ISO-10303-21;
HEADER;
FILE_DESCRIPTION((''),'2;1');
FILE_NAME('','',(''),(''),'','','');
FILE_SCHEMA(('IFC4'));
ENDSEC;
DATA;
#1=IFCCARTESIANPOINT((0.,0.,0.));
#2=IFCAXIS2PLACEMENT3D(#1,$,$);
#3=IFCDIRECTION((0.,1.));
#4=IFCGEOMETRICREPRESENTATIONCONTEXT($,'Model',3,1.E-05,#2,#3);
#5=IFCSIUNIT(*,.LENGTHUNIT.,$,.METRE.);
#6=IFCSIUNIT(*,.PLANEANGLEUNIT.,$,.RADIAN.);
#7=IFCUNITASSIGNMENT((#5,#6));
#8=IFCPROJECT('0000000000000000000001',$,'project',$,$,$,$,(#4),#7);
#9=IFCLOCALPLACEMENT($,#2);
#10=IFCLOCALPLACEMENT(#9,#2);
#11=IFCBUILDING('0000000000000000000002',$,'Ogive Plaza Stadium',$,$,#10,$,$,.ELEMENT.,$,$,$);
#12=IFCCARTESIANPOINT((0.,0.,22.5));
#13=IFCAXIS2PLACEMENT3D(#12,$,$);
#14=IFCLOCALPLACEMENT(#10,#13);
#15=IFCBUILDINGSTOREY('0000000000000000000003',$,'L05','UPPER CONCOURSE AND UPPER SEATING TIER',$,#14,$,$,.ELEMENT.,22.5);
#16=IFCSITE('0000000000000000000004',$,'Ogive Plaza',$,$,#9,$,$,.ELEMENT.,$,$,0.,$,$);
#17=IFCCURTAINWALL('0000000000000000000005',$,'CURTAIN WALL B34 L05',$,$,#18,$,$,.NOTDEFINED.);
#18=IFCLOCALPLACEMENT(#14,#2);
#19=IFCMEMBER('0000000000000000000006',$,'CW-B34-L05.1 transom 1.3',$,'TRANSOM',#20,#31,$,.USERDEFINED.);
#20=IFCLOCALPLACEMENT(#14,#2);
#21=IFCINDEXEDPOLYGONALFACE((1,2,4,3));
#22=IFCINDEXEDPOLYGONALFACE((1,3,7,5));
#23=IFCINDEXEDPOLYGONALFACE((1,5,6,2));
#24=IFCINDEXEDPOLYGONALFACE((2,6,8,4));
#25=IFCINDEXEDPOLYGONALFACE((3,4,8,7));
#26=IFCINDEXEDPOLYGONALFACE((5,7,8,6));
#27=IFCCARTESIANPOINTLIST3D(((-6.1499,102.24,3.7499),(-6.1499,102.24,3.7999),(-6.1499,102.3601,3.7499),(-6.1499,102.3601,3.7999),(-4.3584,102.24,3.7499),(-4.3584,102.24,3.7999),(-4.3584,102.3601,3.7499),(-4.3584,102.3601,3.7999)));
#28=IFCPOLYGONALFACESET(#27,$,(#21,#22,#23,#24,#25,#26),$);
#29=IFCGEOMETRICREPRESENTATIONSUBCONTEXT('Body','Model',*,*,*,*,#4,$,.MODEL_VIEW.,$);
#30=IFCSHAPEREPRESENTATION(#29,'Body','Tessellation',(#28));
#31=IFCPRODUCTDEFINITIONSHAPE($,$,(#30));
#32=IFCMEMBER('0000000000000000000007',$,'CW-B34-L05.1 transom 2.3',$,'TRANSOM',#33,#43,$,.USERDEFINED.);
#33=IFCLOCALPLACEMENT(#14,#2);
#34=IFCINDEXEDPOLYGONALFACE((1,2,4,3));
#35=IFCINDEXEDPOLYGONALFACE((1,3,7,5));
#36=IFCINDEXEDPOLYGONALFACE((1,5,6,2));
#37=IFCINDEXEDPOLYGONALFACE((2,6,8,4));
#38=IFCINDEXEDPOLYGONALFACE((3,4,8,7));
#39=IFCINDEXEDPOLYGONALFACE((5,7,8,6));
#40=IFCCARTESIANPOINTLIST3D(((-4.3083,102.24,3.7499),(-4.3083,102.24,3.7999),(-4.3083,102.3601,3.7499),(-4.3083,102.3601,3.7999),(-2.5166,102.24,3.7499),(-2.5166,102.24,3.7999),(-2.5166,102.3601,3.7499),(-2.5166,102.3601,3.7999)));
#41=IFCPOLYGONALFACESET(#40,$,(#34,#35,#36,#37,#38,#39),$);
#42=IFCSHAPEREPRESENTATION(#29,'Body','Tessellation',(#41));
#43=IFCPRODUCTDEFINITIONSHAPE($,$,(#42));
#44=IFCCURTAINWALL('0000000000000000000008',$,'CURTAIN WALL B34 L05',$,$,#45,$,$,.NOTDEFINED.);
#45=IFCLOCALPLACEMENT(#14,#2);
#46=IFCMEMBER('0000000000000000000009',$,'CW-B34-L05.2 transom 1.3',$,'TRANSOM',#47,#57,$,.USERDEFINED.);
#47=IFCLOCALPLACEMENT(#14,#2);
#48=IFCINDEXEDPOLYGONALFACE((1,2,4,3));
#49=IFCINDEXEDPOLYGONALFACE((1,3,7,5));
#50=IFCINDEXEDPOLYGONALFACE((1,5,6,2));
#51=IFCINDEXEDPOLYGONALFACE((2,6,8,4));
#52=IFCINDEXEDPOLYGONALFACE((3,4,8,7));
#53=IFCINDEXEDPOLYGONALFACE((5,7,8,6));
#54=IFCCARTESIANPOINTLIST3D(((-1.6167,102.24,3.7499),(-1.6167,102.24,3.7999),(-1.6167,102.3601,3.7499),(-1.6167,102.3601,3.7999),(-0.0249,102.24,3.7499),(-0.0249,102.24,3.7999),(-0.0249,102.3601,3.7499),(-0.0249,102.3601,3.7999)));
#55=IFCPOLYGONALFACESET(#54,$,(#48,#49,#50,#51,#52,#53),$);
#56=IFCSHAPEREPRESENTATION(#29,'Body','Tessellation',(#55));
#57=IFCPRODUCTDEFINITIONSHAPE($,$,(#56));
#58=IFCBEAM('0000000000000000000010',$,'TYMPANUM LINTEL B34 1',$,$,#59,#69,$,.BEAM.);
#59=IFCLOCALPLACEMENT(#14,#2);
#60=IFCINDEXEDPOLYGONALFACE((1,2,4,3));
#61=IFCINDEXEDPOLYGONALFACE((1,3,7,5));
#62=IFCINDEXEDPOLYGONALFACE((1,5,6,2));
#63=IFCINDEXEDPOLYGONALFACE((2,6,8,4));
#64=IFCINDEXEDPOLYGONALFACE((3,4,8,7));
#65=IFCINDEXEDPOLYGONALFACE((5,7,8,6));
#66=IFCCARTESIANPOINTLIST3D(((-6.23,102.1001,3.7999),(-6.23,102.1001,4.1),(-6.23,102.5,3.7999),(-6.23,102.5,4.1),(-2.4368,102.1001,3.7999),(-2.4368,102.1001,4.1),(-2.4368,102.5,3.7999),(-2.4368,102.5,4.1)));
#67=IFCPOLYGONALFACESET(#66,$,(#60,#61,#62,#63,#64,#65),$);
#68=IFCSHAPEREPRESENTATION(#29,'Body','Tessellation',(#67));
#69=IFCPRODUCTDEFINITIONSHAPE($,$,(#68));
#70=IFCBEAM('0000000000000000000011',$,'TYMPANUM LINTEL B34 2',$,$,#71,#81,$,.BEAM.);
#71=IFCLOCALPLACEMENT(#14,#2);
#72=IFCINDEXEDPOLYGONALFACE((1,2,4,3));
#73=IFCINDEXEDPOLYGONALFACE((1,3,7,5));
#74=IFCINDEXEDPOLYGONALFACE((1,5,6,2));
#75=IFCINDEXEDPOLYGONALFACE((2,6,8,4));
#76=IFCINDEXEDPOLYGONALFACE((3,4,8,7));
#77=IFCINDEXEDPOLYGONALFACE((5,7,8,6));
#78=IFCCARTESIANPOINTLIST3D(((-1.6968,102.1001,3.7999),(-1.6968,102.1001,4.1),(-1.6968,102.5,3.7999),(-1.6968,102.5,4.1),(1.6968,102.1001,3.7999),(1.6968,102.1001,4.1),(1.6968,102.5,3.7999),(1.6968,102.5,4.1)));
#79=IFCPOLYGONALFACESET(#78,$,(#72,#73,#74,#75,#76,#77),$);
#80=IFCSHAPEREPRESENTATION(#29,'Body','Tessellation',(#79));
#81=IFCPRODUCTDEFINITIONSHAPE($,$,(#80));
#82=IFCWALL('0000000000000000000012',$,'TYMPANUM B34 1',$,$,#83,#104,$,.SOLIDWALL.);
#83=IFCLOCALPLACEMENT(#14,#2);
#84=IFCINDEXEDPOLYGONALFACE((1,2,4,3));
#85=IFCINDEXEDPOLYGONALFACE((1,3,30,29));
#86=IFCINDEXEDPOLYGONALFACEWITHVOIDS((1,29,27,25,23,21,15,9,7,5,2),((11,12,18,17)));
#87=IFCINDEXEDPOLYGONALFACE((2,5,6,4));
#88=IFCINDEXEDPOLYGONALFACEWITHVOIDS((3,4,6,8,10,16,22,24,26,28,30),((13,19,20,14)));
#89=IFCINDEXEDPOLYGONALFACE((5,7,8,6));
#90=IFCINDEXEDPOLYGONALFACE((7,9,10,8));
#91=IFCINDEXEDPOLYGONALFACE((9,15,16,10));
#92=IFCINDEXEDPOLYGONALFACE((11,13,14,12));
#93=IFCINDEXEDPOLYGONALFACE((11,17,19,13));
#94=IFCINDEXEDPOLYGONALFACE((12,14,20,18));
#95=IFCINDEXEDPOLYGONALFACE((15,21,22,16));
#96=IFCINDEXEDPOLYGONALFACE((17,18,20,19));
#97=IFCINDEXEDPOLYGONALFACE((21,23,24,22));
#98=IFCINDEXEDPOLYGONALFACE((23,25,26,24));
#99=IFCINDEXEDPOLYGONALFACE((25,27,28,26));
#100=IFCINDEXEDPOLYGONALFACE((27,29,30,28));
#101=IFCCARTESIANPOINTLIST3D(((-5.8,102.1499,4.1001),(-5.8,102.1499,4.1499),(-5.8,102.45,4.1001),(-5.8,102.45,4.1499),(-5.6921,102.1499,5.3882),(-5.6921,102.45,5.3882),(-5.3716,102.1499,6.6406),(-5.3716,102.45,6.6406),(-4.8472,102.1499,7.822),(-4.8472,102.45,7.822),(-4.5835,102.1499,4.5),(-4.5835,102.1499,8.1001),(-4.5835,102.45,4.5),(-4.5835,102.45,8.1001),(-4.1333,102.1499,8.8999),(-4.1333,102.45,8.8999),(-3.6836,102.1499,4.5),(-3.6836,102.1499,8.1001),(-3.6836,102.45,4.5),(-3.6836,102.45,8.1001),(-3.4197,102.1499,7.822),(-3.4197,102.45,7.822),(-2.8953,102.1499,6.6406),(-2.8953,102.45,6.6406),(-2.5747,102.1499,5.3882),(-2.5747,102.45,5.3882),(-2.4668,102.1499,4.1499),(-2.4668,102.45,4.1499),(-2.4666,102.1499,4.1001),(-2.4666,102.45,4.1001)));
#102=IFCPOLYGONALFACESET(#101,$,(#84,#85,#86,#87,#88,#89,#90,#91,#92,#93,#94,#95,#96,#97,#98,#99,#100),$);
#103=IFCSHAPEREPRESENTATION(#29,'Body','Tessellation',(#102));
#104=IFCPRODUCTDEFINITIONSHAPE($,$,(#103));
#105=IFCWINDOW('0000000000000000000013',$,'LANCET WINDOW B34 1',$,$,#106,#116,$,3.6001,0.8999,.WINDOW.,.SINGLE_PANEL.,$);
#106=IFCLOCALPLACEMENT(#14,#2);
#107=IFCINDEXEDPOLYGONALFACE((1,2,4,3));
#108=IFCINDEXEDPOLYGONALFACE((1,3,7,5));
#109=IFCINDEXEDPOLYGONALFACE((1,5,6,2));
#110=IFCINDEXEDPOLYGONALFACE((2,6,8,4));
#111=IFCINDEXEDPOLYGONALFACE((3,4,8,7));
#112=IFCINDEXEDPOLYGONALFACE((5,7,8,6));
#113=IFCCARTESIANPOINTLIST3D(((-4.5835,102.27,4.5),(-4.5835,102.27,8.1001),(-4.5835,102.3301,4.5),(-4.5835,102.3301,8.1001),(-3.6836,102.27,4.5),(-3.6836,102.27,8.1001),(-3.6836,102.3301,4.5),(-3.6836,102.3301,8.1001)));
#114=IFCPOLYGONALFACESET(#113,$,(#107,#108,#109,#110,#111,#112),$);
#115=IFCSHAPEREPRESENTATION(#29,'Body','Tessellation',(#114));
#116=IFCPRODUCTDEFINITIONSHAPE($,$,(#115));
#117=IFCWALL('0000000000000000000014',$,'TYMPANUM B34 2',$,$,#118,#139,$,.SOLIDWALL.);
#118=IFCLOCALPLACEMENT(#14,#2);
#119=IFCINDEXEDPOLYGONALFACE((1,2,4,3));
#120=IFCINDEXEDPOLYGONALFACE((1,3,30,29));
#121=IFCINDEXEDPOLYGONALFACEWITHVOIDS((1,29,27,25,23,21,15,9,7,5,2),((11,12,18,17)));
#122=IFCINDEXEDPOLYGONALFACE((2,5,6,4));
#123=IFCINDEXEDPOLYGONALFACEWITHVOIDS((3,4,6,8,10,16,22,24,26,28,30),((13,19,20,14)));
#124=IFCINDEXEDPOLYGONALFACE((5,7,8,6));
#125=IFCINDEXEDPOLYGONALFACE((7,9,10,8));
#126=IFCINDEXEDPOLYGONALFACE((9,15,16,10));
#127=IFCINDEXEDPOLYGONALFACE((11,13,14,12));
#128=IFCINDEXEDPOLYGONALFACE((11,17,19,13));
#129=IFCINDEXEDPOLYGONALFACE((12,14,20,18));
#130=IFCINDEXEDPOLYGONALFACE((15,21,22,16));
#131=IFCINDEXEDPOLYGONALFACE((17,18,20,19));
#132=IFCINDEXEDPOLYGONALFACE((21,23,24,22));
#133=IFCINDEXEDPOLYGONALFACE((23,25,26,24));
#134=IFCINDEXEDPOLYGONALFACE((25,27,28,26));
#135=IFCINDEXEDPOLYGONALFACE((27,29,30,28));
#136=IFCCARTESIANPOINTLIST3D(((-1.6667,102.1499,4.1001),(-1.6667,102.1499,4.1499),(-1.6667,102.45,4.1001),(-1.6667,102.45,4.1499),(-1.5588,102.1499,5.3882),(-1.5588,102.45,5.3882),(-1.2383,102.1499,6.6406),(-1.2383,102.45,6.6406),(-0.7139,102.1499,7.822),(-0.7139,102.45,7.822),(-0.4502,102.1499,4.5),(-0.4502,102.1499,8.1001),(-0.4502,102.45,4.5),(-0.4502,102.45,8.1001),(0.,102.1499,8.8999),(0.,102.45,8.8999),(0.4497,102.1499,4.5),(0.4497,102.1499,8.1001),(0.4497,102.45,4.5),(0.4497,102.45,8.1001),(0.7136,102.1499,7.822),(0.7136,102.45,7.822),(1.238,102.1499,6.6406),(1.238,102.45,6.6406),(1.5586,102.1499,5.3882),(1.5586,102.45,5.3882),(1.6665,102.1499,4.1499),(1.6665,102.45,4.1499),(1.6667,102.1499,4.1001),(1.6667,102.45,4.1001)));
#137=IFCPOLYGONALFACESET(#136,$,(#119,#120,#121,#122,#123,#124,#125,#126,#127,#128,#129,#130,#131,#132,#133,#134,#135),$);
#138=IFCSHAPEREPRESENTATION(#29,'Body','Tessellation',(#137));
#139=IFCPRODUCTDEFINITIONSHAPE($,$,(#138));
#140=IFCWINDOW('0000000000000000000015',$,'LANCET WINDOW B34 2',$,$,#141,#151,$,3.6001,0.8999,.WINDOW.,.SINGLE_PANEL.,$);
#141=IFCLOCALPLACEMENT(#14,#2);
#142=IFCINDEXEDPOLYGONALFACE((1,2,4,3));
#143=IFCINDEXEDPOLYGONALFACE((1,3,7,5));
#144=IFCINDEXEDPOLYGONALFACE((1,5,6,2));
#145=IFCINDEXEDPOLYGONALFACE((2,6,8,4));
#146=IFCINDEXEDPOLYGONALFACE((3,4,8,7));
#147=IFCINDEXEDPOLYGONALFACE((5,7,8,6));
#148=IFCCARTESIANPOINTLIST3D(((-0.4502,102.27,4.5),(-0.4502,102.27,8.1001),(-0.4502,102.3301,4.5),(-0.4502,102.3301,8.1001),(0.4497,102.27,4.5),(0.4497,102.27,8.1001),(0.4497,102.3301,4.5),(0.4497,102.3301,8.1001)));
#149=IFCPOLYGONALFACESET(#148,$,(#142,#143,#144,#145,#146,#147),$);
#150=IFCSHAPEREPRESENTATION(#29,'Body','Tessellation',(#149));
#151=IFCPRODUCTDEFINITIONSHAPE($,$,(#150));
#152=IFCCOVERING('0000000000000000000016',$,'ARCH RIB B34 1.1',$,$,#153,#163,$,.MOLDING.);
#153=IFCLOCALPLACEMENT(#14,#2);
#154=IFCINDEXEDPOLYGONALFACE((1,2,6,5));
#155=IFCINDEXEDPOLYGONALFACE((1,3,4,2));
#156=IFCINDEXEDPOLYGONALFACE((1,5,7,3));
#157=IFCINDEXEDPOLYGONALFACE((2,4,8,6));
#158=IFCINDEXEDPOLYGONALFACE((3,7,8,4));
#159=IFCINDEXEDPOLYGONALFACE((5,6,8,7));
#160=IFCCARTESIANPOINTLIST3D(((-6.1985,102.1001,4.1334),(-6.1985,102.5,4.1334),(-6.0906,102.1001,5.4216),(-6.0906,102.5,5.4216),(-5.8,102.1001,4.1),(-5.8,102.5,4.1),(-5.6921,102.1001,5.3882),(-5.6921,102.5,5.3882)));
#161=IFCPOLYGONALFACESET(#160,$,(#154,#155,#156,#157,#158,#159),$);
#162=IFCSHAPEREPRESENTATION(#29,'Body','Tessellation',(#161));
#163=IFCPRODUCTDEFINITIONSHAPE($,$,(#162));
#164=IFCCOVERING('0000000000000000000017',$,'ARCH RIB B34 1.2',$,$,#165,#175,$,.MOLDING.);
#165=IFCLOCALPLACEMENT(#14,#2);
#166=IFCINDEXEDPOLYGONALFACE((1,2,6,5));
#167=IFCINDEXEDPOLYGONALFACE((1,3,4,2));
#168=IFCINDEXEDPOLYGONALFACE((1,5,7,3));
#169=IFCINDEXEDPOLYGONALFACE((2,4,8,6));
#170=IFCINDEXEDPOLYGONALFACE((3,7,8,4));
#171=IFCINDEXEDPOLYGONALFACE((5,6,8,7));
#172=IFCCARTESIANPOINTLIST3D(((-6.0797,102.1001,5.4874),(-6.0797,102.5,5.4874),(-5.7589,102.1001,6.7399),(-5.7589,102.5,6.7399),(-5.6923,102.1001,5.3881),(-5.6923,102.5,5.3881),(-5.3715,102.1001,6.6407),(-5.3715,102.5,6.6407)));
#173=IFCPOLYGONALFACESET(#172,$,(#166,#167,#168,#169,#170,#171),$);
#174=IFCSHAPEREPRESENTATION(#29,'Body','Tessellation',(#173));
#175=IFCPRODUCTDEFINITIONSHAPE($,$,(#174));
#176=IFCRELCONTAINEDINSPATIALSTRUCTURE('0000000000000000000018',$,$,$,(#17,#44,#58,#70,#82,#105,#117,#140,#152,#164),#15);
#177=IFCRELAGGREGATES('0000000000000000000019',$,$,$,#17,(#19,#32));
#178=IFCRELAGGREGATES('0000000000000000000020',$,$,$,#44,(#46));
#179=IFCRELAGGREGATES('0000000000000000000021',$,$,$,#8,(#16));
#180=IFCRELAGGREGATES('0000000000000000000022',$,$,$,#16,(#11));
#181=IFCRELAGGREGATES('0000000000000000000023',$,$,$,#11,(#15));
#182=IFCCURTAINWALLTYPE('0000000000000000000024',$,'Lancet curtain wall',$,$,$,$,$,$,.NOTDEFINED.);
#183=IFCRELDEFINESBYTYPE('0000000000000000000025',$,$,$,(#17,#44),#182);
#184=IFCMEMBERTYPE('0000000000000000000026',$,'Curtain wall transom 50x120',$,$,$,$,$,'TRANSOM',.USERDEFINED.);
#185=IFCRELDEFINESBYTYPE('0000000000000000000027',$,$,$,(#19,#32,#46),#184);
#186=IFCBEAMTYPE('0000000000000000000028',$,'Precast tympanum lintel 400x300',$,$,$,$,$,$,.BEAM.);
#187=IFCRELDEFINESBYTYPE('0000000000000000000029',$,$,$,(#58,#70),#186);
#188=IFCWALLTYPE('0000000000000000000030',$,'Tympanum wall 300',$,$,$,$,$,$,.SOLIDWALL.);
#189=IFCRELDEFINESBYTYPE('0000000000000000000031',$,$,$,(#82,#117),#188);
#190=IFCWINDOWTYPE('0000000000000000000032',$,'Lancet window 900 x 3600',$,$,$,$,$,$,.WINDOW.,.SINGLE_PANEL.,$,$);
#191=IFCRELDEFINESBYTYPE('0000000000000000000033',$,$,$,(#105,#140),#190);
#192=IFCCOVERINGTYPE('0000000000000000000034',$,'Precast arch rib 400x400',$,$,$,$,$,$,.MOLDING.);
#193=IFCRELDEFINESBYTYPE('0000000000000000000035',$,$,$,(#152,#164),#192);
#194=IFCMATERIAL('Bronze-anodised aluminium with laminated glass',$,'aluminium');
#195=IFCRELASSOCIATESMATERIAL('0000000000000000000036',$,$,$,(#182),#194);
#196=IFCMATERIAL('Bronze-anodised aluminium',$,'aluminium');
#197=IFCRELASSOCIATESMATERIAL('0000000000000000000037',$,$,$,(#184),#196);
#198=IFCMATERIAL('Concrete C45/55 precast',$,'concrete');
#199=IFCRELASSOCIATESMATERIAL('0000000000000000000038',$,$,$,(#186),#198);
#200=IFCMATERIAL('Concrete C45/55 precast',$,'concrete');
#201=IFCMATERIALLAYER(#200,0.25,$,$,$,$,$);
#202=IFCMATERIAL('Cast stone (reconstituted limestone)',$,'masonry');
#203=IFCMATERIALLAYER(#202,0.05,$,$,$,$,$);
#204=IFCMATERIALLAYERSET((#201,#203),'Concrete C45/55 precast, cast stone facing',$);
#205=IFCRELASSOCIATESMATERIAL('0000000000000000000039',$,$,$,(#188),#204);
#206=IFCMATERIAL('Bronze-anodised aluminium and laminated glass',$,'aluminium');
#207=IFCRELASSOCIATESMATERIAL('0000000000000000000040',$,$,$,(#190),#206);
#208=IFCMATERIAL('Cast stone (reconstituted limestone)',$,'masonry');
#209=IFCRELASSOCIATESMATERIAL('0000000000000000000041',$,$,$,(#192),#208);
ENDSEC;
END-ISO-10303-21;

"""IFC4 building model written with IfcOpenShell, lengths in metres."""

from ifc_helpers import new_model, si_unit, direction, frame, frame_2d, origin, origin_2d, place, context, subcontext, project, spatial, polyline, rectangle, outline, extrude, material, layer, layer_set, material_profile, profile_set, type_object, element, fill, aggregate, save


model = new_model("IFC4")

# Units and contexts
model_context = context("Model", 3, precision=1e-05, world=origin(), true_north=direction((0.0, 1.0)))
body_context = subcontext(model_context, "Body", "Model", "MODEL_VIEW")
ifc_project = project(units=[si_unit("LENGTHUNIT", "METRE"), si_unit("PLANEANGLEUNIT", "RADIAN")], contexts=[model_context])

# Site, building, storey
site_placement = place(None, origin())
site = spatial("IfcSite", under=ifc_project, at=site_placement, Name="Ogive Plaza", CompositionType="ELEMENT", RefElevation=0.0)
building_placement = place(site_placement, origin())
building = spatial("IfcBuilding", under=site, at=building_placement, Name="Ogive Plaza Stadium", CompositionType="ELEMENT")
storey_placement = place(building_placement, frame((0.0, 0.0, 22.5)))
storey = spatial("IfcBuildingStorey", under=building, at=storey_placement, Name="L05", Description="UPPER CONCOURSE AND UPPER SEATING TIER", CompositionType="ELEMENT", Elevation=22.5)

# Curtain wall, members
ifc_material_1 = material(Name="Bronze-anodised aluminium with laminated glass", Category="aluminium")
curtain_wall_type = type_object("IfcCurtainWallType", Name="Lancet curtain wall", PredefinedType="NOTDEFINED", material=ifc_material_1)
curtain_wall_1_placement = place(storey_placement, origin())
curtain_wall_1 = element("IfcCurtainWall", 1, at=curtain_wall_1_placement, inside=storey, type_object=curtain_wall_type, Name="CURTAIN WALL B34 L05", PredefinedType="NOTDEFINED")
ifc_material_2 = material(Name="Bronze-anodised aluminium", Category="aluminium")
ifc_material_profile_1 = material_profile(ifc_material_2, rectangle(XDim=0.1201, YDim=0.05, at=origin_2d()), Name="AL 120x50")
ifc_profile_set_1 = profile_set([ifc_material_profile_1], Name="Bronze-anodised aluminium")
member_type = type_object("IfcMemberType", Name="Curtain wall transom 50x120", ElementType="TRANSOM", PredefinedType="USERDEFINED", material=ifc_profile_set_1)
member_1_placement = place(storey_placement, frame((-6.1499, 102.3, 3.7749), z_axis=(1.0, 0.0, 0.0), x_axis=(0.0, 1.0, 0.0)))
member_1 = element("IfcMember", 2, at=member_1_placement, type_object=member_type, Name="CW-B34-L05.1 transom 1.3", ObjectType="TRANSOM", PredefinedType="USERDEFINED", context=body_context, shape_type="SweptSolid", body=[
    extrude(rectangle(XDim=0.1201, YDim=0.05, at=origin_2d()), origin(), (0.0, 0.0, 1.0), 1.7915),
])
member_2_placement = place(storey_placement, frame((-4.3083, 102.3, 3.7749), z_axis=(1.0, 0.0, 0.0), x_axis=(0.0, 1.0, 0.0)))
member_2 = element("IfcMember", 3, at=member_2_placement, type_object=member_type, Name="CW-B34-L05.1 transom 2.3", ObjectType="TRANSOM", PredefinedType="USERDEFINED", context=body_context, shape_type="SweptSolid", body=[
    extrude(rectangle(XDim=0.1201, YDim=0.05, at=origin_2d()), origin(), (0.0, 0.0, 1.0), 1.7917),
])
aggregate(curtain_wall_1, [member_1, member_2])

# Curtain wall, member
curtain_wall_2_placement = place(storey_placement, origin())
curtain_wall_2 = element("IfcCurtainWall", 4, at=curtain_wall_2_placement, inside=storey, type_object=curtain_wall_type, Name="CURTAIN WALL B34 L05", PredefinedType="NOTDEFINED")
member_3_placement = place(storey_placement, frame((-1.6167, 102.3, 3.7749), z_axis=(1.0, 0.0, 0.0), x_axis=(0.0, 1.0, 0.0)))
member_3 = element("IfcMember", 5, at=member_3_placement, type_object=member_type, Name="CW-B34-L05.2 transom 1.3", ObjectType="TRANSOM", PredefinedType="USERDEFINED", context=body_context, shape_type="SweptSolid", body=[
    extrude(rectangle(XDim=0.1201, YDim=0.05, at=origin_2d()), origin(), (0.0, 0.0, 1.0), 1.5918),
])
aggregate(curtain_wall_2, [member_3])

# Beams
ifc_material_3 = material(Name="Concrete C45/55 precast", Category="concrete")
ifc_material_profile_2 = material_profile(ifc_material_3, rectangle(XDim=0.3999, YDim=0.3, at=origin_2d()), Name="RC 400x300")
ifc_profile_set_2 = profile_set([ifc_material_profile_2], Name="Concrete C45/55 precast")
beam_type = type_object("IfcBeamType", Name="Precast tympanum lintel 400x300", PredefinedType="BEAM", material=ifc_profile_set_2)
beam_1_placement = place(storey_placement, frame((-6.23, 102.3, 3.95), z_axis=(1.0, 0.0, 0.0), x_axis=(0.0, 1.0, 0.0)))
element("IfcBeam", 6, at=beam_1_placement, inside=storey, type_object=beam_type, Name="TYMPANUM LINTEL B34 1", PredefinedType="BEAM", context=body_context, shape_type="SweptSolid", body=[
    extrude(rectangle(XDim=0.3999, YDim=0.3, at=origin_2d()), origin(), (0.0, 0.0, 1.0), 3.7932),
])
beam_2_placement = place(storey_placement, frame((-1.6968, 102.3, 3.95), z_axis=(1.0, 0.0, 0.0), x_axis=(0.0, 1.0, 0.0)))
element("IfcBeam", 7, at=beam_2_placement, inside=storey, type_object=beam_type, Name="TYMPANUM LINTEL B34 2", PredefinedType="BEAM", context=body_context, shape_type="SweptSolid", body=[
    extrude(rectangle(XDim=0.3999, YDim=0.3, at=origin_2d()), origin(), (0.0, 0.0, 1.0), 3.3936),
])

# Walls, openings, windows
ifc_material_4 = material(Name="Concrete C45/55 precast", Category="concrete")
ifc_layer_1 = layer(ifc_material_4, 0.25)
ifc_material_5 = material(Name="Cast stone (reconstituted limestone)", Category="masonry")
ifc_layer_2 = layer(ifc_material_5, 0.05)
ifc_layer_set = layer_set([ifc_layer_1, ifc_layer_2], Name="Concrete C45/55 precast, cast stone facing")
wall_type = type_object("IfcWallType", Name="Tympanum wall 300", PredefinedType="SOLIDWALL", material=ifc_layer_set)
wall_1_placement = place(storey_placement, frame((-5.8, 102.3, 4.1001), z_axis=(0.0, 0.0, 1.0), x_axis=(1.0, 0.0, 0.0)))
wall_1 = element("IfcWall", 8, at=wall_1_placement, inside=storey, type_object=wall_type, Name="TYMPANUM B34 1", PredefinedType="SOLIDWALL", context=body_context, shape_type="SweptSolid", body=[
    extrude(outline(polyline([(0.0, 0.0), (3.3335, 0.0), (3.3333, 0.0498), (3.2253, 1.2881), (2.9048, 2.5405), (2.3804, 3.7219), (1.6667, 4.7998), (0.9529, 3.7219), (0.4285, 2.5405), (0.1079, 1.2881), (0.0, 0.0498), (0.0, 0.0)])), frame((0.0, 0.1499, 0.0), z_axis=(0.0, -1.0, 0.0), x_axis=(1.0, 0.0, 0.0)), (0.0, 0.0, 1.0), 0.3),
])
opening_1_placement = place(wall_1_placement, frame((1.2166, 0.0, 0.3999)))
opening_1 = element("IfcOpeningElement", 9, at=opening_1_placement, cuts=wall_1, PredefinedType="OPENING", context=body_context, shape_type="SweptSolid", body=[
    extrude(rectangle(XDim=0.8999, YDim=3.6001, at=frame_2d((0.45, 1.8))), frame((0.0, 0.1602, 0.0), z_axis=(0.0, -1.0, 0.0), x_axis=(1.0, 0.0, 0.0)), (0.0, 0.0, 1.0), 0.3201),
])
ifc_material_6 = material(Name="Bronze-anodised aluminium and laminated glass", Category="aluminium")
window_type = type_object("IfcWindowType", Name="Lancet window 900 x 3600", PartitioningType="SINGLE_PANEL", PredefinedType="WINDOW", material=ifc_material_6)
window_1_placement = place(opening_1_placement, origin())
window_1 = element("IfcWindow", 10, at=window_1_placement, inside=storey, type_object=window_type, Name="LANCET WINDOW B34 1", OverallHeight=3.6001, OverallWidth=0.8999, PartitioningType="SINGLE_PANEL", PredefinedType="WINDOW", context=body_context, shape_type="SweptSolid", body=[
    extrude(rectangle(XDim=0.8999, YDim=3.6001, at=frame_2d((0.45, 1.8))), frame((0.0, 0.03, 0.0), z_axis=(0.0, -1.0, 0.0), x_axis=(1.0, 0.0, 0.0)), (0.0, 0.0, 1.0), 0.0601),
])
fill(opening_1, window_1)
wall_2_placement = place(storey_placement, frame((-1.6667, 102.3, 4.1001), z_axis=(0.0, 0.0, 1.0), x_axis=(1.0, 0.0, 0.0)))
wall_2 = element("IfcWall", 11, at=wall_2_placement, inside=storey, type_object=wall_type, Name="TYMPANUM B34 2", PredefinedType="SOLIDWALL", context=body_context, shape_type="SweptSolid", body=[
    extrude(outline(polyline([(0.0, 0.0), (3.3335, 0.0), (3.3333, 0.0498), (3.2253, 1.2881), (2.9048, 2.5405), (2.3804, 3.7219), (1.6667, 4.7998), (0.9529, 3.7219), (0.4285, 2.5405), (0.1079, 1.2881), (0.0, 0.0498), (0.0, 0.0)])), frame((0.0, 0.1499, 0.0), z_axis=(0.0, -1.0, 0.0), x_axis=(1.0, 0.0, 0.0)), (0.0, 0.0, 1.0), 0.3),
])
opening_2_placement = place(wall_2_placement, frame((1.2166, 0.0, 0.3999)))
opening_2 = element("IfcOpeningElement", 12, at=opening_2_placement, cuts=wall_2, PredefinedType="OPENING", context=body_context, shape_type="SweptSolid", body=[
    extrude(rectangle(XDim=0.8999, YDim=3.6001, at=frame_2d((0.45, 1.8))), frame((0.0, 0.1602, 0.0), z_axis=(0.0, -1.0, 0.0), x_axis=(1.0, 0.0, 0.0)), (0.0, 0.0, 1.0), 0.3201),
])
window_2_placement = place(opening_2_placement, origin())
window_2 = element("IfcWindow", 13, at=window_2_placement, inside=storey, type_object=window_type, Name="LANCET WINDOW B34 2", OverallHeight=3.6001, OverallWidth=0.8999, PartitioningType="SINGLE_PANEL", PredefinedType="WINDOW", context=body_context, shape_type="SweptSolid", body=[
    extrude(rectangle(XDim=0.8999, YDim=3.6001, at=frame_2d((0.45, 1.8))), frame((0.0, 0.03, 0.0), z_axis=(0.0, -1.0, 0.0), x_axis=(1.0, 0.0, 0.0)), (0.0, 0.0, 1.0), 0.0601),
])
fill(opening_2, window_2)

# Coverings
ifc_material_7 = material(Name="Cast stone (reconstituted limestone)", Category="masonry")
ifc_material_profile_3 = material_profile(ifc_material_7, rectangle(XDim=0.3999, YDim=0.3999, at=origin_2d()), Name="Cast stone 400x400")
ifc_profile_set_3 = profile_set([ifc_material_profile_3], Name="Cast stone (reconstituted limestone)")
covering_type = type_object("IfcCoveringType", Name="Precast arch rib 400x400", PredefinedType="MOLDING", material=ifc_profile_set_3)
covering_1_placement = place(storey_placement, frame((-5.9993, 102.3, 4.1167), z_axis=(0.083467, 0.0, 0.996511), x_axis=(0.0, 1.0, 0.0)))
element("IfcCovering", 14, at=covering_1_placement, inside=storey, type_object=covering_type, Name="ARCH RIB B34 1.1", PredefinedType="MOLDING", context=body_context, shape_type="SweptSolid", body=[
    extrude(rectangle(XDim=0.3999, YDim=0.3999, at=origin_2d()), origin(), (0.0, 0.0, 1.0), 1.2927),
])
covering_2_placement = place(storey_placement, frame((-5.886, 102.3, 5.4377), z_axis=(0.24813, 0.0, 0.968727), x_axis=(0.0, 1.0, 0.0)))
element("IfcCovering", 15, at=covering_2_placement, inside=storey, type_object=covering_type, Name="ARCH RIB B34 1.2", PredefinedType="MOLDING", context=body_context, shape_type="SweptSolid", body=[
    extrude(rectangle(XDim=0.3999, YDim=0.3999, at=origin_2d()), origin(), (0.0, 0.0, 1.0), 1.293),
])

save(model, "model.ifc")
